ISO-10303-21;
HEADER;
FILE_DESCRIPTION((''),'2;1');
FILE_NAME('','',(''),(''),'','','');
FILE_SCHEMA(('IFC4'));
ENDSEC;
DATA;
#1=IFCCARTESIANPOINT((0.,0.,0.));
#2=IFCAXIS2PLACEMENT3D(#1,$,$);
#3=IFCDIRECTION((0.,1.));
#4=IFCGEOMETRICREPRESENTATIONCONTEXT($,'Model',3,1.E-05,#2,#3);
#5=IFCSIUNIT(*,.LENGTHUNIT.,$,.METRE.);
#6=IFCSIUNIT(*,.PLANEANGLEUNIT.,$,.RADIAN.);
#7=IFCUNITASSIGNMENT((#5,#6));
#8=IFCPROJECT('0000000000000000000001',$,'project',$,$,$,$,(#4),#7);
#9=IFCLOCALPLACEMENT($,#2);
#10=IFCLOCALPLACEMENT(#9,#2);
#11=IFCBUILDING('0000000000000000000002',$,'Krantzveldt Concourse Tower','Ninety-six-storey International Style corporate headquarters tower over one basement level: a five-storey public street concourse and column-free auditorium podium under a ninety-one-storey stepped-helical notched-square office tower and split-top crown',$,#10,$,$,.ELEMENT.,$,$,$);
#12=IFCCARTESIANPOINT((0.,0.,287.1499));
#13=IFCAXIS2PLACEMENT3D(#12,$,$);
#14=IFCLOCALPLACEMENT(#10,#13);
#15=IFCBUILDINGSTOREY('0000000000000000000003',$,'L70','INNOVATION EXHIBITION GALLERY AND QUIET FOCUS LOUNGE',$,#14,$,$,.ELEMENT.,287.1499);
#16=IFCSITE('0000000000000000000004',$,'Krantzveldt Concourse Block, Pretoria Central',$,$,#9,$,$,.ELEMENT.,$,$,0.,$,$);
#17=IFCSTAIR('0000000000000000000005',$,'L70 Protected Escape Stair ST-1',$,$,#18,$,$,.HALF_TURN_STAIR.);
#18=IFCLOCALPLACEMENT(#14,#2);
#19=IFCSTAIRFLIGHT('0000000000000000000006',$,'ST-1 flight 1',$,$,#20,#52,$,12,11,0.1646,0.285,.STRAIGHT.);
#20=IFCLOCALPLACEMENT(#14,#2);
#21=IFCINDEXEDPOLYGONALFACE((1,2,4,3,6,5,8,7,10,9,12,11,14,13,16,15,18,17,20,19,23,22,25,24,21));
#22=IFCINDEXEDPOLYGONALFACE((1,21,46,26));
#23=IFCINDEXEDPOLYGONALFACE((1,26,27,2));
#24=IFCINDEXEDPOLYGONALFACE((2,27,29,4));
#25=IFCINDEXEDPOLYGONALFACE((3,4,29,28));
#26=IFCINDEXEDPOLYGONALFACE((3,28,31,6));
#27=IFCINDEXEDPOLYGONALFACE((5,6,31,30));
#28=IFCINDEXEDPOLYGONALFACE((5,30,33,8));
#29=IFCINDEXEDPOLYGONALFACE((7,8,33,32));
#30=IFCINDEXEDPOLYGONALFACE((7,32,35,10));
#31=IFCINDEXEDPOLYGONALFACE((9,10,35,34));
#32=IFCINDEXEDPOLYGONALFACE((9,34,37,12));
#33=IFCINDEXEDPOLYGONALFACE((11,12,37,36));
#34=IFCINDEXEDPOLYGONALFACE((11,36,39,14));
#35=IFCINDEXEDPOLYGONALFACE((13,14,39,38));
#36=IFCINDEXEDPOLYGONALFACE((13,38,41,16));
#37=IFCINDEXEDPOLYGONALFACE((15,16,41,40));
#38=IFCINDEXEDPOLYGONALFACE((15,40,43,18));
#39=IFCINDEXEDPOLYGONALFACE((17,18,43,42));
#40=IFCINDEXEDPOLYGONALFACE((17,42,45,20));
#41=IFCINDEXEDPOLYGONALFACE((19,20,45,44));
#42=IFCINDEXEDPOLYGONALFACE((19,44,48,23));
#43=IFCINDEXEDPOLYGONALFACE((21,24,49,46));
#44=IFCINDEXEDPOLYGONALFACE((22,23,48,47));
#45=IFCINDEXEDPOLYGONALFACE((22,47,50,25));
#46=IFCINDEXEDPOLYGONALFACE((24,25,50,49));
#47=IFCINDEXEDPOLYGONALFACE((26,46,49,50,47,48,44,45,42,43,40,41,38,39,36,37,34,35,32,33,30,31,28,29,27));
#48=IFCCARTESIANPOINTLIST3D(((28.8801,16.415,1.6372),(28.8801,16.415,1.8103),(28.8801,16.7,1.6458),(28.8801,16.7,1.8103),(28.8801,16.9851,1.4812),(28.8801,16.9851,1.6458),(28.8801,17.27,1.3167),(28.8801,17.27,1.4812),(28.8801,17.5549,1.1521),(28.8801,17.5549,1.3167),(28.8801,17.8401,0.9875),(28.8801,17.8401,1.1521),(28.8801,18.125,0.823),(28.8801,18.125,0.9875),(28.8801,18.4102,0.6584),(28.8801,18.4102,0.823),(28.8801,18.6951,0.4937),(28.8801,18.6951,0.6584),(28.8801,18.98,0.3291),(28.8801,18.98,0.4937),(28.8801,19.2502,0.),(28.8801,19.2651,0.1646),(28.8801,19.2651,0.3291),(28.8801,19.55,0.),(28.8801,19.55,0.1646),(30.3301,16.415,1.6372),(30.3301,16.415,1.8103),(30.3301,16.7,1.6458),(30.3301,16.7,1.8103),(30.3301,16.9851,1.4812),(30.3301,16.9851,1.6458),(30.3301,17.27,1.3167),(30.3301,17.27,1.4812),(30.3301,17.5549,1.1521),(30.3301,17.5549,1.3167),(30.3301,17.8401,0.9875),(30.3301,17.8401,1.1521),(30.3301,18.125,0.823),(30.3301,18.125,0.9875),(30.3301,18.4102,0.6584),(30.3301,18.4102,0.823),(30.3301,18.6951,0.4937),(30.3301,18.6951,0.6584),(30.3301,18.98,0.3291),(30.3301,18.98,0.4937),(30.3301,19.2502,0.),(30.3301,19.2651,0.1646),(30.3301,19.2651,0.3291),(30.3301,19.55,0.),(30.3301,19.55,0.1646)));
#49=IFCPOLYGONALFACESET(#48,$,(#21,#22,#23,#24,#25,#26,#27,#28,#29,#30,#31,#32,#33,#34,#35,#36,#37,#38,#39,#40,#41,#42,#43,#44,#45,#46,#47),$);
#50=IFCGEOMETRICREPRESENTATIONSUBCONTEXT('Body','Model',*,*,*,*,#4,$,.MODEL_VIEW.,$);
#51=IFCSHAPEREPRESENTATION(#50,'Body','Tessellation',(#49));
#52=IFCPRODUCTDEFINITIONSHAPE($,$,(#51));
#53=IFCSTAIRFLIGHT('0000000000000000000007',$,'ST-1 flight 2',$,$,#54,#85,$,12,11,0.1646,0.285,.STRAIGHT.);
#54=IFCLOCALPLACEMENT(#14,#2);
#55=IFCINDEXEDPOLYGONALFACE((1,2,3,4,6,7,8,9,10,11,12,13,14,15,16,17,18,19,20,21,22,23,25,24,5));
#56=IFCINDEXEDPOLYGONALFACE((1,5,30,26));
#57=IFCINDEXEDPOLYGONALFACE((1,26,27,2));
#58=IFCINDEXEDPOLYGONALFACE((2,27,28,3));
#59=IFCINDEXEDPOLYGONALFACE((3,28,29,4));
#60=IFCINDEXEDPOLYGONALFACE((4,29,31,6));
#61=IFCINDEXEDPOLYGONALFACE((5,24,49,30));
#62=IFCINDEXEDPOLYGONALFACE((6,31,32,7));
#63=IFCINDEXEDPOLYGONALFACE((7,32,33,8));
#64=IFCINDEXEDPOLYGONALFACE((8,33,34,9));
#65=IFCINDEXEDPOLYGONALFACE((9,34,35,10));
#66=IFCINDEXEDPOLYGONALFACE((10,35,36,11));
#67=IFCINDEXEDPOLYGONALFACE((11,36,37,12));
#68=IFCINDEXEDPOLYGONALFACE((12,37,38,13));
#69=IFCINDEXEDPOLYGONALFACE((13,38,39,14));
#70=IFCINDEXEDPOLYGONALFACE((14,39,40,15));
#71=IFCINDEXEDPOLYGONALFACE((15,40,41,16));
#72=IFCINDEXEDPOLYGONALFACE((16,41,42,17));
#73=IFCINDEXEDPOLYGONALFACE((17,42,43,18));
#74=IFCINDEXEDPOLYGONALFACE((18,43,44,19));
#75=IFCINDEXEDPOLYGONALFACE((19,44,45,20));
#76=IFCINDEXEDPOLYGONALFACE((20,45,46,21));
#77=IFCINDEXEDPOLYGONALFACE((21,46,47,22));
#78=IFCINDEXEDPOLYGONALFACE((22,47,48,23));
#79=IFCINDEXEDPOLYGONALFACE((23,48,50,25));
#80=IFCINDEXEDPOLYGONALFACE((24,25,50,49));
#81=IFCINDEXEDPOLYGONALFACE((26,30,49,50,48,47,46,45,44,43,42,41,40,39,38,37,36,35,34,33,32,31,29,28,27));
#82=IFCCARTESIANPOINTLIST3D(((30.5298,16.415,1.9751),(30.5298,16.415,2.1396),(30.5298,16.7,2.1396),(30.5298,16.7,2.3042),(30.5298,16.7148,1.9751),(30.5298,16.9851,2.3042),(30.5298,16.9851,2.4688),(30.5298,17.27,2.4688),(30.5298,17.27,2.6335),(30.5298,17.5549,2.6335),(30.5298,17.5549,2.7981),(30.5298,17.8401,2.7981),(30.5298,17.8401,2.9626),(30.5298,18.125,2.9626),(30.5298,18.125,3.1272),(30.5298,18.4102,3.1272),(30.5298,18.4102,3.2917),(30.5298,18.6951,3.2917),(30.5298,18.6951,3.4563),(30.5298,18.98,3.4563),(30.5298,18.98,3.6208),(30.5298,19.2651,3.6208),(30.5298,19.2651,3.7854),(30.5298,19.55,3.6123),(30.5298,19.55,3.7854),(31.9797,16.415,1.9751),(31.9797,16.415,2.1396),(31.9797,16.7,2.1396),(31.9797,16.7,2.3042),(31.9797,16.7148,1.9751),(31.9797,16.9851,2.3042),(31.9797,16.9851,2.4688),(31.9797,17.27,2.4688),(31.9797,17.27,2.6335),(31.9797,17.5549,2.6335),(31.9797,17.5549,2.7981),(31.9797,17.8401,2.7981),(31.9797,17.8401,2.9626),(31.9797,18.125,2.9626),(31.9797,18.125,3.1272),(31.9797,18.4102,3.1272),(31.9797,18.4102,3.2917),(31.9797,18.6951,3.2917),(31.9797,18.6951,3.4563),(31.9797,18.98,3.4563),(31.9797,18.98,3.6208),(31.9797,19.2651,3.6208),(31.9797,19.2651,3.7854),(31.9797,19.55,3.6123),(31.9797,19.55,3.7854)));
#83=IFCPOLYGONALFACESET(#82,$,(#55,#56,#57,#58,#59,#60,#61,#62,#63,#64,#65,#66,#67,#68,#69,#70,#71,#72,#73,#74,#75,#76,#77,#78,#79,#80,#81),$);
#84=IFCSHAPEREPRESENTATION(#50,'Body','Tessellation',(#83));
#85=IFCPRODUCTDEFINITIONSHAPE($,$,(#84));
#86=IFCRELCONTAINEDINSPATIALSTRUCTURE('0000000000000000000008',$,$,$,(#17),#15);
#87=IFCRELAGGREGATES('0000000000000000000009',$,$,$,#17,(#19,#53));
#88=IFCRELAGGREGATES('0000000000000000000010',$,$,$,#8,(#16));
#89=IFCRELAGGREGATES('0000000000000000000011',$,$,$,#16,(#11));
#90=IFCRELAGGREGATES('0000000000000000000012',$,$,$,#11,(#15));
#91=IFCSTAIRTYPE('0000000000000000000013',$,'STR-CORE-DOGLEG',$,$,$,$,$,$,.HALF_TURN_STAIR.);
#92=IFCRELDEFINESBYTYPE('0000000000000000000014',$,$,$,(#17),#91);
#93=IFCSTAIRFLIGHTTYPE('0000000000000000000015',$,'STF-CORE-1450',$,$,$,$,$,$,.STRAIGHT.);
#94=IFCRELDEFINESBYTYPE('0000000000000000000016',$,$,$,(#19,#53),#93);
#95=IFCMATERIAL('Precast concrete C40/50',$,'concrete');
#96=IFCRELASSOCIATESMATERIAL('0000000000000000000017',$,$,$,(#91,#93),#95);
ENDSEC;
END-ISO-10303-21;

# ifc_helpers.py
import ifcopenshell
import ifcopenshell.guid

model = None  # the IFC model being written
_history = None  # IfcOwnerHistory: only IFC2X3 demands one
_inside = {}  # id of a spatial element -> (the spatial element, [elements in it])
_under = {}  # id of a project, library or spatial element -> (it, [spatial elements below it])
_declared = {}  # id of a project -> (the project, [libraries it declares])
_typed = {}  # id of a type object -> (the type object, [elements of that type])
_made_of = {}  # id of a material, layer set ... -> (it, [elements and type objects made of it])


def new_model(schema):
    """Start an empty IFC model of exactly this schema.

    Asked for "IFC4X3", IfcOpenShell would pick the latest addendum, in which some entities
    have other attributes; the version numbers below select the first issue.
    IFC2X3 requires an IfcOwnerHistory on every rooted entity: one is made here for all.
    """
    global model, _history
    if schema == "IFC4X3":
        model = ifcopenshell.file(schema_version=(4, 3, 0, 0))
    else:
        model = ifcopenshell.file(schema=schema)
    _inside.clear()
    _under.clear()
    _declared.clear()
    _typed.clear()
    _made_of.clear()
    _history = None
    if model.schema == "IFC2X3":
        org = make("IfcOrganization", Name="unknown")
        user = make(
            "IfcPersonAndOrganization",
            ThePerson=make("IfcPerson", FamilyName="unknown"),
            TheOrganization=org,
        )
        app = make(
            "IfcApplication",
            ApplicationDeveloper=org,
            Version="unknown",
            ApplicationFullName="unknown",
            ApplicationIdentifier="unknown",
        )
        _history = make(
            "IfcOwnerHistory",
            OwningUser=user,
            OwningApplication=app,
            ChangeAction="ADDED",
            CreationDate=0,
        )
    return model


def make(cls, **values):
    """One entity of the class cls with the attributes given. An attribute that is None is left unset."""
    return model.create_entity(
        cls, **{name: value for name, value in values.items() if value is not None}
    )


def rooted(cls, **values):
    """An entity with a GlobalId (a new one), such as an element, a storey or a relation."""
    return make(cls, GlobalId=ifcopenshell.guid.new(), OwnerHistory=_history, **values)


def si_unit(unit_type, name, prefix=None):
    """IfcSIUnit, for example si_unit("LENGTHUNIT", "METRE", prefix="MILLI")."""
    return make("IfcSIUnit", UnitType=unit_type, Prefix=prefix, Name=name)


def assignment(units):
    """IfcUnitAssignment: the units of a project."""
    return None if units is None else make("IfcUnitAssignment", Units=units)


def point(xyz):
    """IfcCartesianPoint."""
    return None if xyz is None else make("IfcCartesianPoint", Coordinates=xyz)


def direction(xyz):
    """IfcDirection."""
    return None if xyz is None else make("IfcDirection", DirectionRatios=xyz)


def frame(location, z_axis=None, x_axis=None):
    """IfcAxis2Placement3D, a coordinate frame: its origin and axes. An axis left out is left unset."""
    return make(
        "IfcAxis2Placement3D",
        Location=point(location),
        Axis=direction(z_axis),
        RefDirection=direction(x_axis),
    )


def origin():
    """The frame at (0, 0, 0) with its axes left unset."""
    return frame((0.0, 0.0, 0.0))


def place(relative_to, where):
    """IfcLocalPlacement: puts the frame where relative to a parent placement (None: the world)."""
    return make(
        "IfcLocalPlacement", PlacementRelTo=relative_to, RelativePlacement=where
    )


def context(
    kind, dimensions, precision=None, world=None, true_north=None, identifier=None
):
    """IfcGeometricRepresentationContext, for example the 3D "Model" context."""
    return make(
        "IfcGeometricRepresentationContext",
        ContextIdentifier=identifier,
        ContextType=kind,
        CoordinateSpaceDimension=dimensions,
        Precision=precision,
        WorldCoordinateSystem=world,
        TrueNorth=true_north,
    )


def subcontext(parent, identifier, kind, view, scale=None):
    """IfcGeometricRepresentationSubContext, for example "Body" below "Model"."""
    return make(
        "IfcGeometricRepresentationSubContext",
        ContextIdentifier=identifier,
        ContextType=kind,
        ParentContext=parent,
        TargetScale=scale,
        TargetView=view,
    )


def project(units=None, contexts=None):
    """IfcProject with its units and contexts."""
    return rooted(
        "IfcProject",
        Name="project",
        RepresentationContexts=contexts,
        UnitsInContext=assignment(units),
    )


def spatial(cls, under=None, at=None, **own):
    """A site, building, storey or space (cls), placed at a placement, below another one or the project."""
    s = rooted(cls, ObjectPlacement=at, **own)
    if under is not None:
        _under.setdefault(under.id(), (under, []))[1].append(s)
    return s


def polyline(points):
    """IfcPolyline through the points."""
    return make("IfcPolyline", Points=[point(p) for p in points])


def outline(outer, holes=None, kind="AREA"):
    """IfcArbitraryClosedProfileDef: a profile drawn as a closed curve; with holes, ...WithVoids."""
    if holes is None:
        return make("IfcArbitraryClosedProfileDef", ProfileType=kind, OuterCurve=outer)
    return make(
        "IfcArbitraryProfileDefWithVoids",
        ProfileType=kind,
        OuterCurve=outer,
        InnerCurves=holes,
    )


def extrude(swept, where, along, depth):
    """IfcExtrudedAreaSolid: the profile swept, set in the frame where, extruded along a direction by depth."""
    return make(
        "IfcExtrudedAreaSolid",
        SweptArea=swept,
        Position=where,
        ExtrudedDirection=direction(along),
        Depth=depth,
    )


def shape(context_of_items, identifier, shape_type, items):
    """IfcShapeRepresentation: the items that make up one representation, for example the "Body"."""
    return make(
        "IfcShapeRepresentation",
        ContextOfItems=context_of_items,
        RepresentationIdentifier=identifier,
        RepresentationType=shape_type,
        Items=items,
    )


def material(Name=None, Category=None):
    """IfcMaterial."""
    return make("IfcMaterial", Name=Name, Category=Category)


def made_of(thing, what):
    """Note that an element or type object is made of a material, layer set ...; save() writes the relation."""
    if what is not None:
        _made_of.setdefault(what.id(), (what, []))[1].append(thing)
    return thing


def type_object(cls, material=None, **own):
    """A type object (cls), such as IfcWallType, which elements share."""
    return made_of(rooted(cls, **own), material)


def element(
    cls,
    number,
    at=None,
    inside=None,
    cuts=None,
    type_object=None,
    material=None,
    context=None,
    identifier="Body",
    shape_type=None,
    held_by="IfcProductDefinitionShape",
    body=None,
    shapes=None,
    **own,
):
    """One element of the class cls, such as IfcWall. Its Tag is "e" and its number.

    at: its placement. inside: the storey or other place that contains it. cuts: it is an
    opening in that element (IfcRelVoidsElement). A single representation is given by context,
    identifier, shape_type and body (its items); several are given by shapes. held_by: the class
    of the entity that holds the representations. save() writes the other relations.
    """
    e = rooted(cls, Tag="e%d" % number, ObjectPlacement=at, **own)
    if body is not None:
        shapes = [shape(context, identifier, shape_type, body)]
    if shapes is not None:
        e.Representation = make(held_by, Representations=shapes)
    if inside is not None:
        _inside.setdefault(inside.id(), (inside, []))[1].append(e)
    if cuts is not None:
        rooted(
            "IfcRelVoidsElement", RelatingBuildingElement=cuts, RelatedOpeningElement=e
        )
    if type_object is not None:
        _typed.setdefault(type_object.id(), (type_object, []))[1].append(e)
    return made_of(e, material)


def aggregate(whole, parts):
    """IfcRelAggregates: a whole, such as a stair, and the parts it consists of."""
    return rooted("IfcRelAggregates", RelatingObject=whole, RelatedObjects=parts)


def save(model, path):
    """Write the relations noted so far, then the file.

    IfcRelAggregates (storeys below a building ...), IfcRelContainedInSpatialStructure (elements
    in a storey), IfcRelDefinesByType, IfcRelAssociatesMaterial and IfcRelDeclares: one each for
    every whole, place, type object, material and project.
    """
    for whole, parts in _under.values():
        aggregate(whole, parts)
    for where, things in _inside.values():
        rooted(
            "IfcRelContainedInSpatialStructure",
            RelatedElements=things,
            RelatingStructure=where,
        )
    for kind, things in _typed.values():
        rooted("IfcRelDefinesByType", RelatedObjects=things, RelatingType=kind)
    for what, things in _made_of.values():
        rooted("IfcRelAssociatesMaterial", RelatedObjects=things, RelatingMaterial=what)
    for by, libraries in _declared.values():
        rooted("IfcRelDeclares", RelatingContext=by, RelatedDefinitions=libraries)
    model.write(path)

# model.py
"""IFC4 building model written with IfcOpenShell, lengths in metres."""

from ifc_helpers import new_model, si_unit, direction, frame, origin, place, context, subcontext, project, spatial, polyline, outline, extrude, material, type_object, element, aggregate, save


model = new_model("IFC4")

# Units and contexts
model_context = context("Model", 3, precision=1e-05, world=origin(), true_north=direction((0.0, 1.0)))
body_context = subcontext(model_context, "Body", "Model", "MODEL_VIEW")
ifc_project = project(units=[si_unit("LENGTHUNIT", "METRE"), si_unit("PLANEANGLEUNIT", "RADIAN")], contexts=[model_context])

# Site, building, storey
site_placement = place(None, origin())
site = spatial("IfcSite", under=ifc_project, at=site_placement, Name="Krantzveldt Concourse Block, Pretoria Central", CompositionType="ELEMENT", RefElevation=0.0)
building_placement = place(site_placement, origin())
building = spatial("IfcBuilding", under=site, at=building_placement, Name="Krantzveldt Concourse Tower", Description="Ninety-six-storey International Style corporate headquarters tower over one basement level: a five-storey public street concourse and column-free auditorium podium under a ninety-one-storey stepped-helical notched-square office tower and split-top crown", CompositionType="ELEMENT")
storey_placement = place(building_placement, frame((0.0, 0.0, 287.1499)))
storey = spatial("IfcBuildingStorey", under=building, at=storey_placement, Name="L70", Description="INNOVATION EXHIBITION GALLERY AND QUIET FOCUS LOUNGE", CompositionType="ELEMENT", Elevation=287.1499)

# Stair, stair flights
ifc_material_1 = material(Name="Precast concrete C40/50", Category="concrete")
stair_type = type_object("IfcStairType", Name="STR-CORE-DOGLEG", PredefinedType="HALF_TURN_STAIR", material=ifc_material_1)
stair_placement = place(storey_placement, origin())
stair = element("IfcStair", 1, at=stair_placement, inside=storey, type_object=stair_type, Name="L70 Protected Escape Stair ST-1", PredefinedType="HALF_TURN_STAIR")
stair_flight_type = type_object("IfcStairFlightType", Name="STF-CORE-1450", PredefinedType="STRAIGHT", material=ifc_material_1)
stair_flight_1_placement = place(storey_placement, frame((29.605, 19.55, 0.0), z_axis=(0.0, 0.0, 1.0), x_axis=(0.0, -1.0, 0.0)))
stair_flight_1 = element("IfcStairFlight", 2, at=stair_flight_1_placement, type_object=stair_flight_type, Name="ST-1 flight 1", NumberOfRisers=12, NumberOfTreads=11, PredefinedType="STRAIGHT", RiserHeight=0.1646, TreadLength=0.285, context=body_context, shape_type="SweptSolid", body=[
    extrude(outline(polyline([(0.0, 0.0), (0.0, 0.1646), (0.2849, 0.1646), (0.2849, 0.3291), (0.5701, 0.3291), (0.5701, 0.4937), (0.855, 0.4937), (0.855, 0.6584), (1.1399, 0.6584), (1.1399, 0.823), (1.425, 0.823), (1.425, 0.9875), (1.71, 0.9875), (1.71, 1.1521), (1.9951, 1.1521), (1.9951, 1.3167), (2.28, 1.3167), (2.28, 1.4812), (2.5649, 1.4812), (2.5649, 1.6458), (2.8501, 1.6458), (2.8501, 1.8103), (3.135, 1.8103), (3.135, 1.9751), (3.135, 1.6372), (0.2998, 0.0), (0.0, 0.0)])), frame((0.0, 0.7251, 0.0), z_axis=(0.0, -1.0, 0.0), x_axis=(1.0, 0.0, 0.0)), (0.0, 0.0, 1.0), 1.45),
])
stair_flight_2_placement = place(storey_placement, frame((31.2549, 16.415, 1.9751), z_axis=(0.0, 0.0, 1.0), x_axis=(0.0, 1.0, 0.0)))
stair_flight_2 = element("IfcStairFlight", 3, at=stair_flight_2_placement, type_object=stair_flight_type, Name="ST-1 flight 2", NumberOfRisers=12, NumberOfTreads=11, PredefinedType="STRAIGHT", RiserHeight=0.1646, TreadLength=0.285, context=body_context, shape_type="SweptSolid", body=[
    extrude(outline(polyline([(0.0, 0.0), (0.0, 0.1646), (0.2849, 0.1646), (0.2849, 0.3291), (0.5701, 0.3291), (0.5701, 0.4937), (0.855, 0.4937), (0.855, 0.6584), (1.1399, 0.6584), (1.1399, 0.823), (1.425, 0.823), (1.425, 0.9875), (1.71, 0.9875), (1.71, 1.1521), (1.9951, 1.1521), (1.9951, 1.3167), (2.28, 1.3167), (2.28, 1.4812), (2.5649, 1.4812), (2.5649, 1.6458), (2.8501, 1.6458), (2.8501, 1.8103), (3.135, 1.8103), (3.135, 1.9751), (3.135, 1.6372), (0.2998, 0.0), (0.0, 0.0)])), frame((0.0, 0.7251, 0.0), z_axis=(0.0, -1.0, 0.0), x_axis=(1.0, 0.0, 0.0)), (0.0, 0.0, 1.0), 1.45),
])
aggregate(stair, [stair_flight_1, stair_flight_2])

save(model, "model.ifc")
